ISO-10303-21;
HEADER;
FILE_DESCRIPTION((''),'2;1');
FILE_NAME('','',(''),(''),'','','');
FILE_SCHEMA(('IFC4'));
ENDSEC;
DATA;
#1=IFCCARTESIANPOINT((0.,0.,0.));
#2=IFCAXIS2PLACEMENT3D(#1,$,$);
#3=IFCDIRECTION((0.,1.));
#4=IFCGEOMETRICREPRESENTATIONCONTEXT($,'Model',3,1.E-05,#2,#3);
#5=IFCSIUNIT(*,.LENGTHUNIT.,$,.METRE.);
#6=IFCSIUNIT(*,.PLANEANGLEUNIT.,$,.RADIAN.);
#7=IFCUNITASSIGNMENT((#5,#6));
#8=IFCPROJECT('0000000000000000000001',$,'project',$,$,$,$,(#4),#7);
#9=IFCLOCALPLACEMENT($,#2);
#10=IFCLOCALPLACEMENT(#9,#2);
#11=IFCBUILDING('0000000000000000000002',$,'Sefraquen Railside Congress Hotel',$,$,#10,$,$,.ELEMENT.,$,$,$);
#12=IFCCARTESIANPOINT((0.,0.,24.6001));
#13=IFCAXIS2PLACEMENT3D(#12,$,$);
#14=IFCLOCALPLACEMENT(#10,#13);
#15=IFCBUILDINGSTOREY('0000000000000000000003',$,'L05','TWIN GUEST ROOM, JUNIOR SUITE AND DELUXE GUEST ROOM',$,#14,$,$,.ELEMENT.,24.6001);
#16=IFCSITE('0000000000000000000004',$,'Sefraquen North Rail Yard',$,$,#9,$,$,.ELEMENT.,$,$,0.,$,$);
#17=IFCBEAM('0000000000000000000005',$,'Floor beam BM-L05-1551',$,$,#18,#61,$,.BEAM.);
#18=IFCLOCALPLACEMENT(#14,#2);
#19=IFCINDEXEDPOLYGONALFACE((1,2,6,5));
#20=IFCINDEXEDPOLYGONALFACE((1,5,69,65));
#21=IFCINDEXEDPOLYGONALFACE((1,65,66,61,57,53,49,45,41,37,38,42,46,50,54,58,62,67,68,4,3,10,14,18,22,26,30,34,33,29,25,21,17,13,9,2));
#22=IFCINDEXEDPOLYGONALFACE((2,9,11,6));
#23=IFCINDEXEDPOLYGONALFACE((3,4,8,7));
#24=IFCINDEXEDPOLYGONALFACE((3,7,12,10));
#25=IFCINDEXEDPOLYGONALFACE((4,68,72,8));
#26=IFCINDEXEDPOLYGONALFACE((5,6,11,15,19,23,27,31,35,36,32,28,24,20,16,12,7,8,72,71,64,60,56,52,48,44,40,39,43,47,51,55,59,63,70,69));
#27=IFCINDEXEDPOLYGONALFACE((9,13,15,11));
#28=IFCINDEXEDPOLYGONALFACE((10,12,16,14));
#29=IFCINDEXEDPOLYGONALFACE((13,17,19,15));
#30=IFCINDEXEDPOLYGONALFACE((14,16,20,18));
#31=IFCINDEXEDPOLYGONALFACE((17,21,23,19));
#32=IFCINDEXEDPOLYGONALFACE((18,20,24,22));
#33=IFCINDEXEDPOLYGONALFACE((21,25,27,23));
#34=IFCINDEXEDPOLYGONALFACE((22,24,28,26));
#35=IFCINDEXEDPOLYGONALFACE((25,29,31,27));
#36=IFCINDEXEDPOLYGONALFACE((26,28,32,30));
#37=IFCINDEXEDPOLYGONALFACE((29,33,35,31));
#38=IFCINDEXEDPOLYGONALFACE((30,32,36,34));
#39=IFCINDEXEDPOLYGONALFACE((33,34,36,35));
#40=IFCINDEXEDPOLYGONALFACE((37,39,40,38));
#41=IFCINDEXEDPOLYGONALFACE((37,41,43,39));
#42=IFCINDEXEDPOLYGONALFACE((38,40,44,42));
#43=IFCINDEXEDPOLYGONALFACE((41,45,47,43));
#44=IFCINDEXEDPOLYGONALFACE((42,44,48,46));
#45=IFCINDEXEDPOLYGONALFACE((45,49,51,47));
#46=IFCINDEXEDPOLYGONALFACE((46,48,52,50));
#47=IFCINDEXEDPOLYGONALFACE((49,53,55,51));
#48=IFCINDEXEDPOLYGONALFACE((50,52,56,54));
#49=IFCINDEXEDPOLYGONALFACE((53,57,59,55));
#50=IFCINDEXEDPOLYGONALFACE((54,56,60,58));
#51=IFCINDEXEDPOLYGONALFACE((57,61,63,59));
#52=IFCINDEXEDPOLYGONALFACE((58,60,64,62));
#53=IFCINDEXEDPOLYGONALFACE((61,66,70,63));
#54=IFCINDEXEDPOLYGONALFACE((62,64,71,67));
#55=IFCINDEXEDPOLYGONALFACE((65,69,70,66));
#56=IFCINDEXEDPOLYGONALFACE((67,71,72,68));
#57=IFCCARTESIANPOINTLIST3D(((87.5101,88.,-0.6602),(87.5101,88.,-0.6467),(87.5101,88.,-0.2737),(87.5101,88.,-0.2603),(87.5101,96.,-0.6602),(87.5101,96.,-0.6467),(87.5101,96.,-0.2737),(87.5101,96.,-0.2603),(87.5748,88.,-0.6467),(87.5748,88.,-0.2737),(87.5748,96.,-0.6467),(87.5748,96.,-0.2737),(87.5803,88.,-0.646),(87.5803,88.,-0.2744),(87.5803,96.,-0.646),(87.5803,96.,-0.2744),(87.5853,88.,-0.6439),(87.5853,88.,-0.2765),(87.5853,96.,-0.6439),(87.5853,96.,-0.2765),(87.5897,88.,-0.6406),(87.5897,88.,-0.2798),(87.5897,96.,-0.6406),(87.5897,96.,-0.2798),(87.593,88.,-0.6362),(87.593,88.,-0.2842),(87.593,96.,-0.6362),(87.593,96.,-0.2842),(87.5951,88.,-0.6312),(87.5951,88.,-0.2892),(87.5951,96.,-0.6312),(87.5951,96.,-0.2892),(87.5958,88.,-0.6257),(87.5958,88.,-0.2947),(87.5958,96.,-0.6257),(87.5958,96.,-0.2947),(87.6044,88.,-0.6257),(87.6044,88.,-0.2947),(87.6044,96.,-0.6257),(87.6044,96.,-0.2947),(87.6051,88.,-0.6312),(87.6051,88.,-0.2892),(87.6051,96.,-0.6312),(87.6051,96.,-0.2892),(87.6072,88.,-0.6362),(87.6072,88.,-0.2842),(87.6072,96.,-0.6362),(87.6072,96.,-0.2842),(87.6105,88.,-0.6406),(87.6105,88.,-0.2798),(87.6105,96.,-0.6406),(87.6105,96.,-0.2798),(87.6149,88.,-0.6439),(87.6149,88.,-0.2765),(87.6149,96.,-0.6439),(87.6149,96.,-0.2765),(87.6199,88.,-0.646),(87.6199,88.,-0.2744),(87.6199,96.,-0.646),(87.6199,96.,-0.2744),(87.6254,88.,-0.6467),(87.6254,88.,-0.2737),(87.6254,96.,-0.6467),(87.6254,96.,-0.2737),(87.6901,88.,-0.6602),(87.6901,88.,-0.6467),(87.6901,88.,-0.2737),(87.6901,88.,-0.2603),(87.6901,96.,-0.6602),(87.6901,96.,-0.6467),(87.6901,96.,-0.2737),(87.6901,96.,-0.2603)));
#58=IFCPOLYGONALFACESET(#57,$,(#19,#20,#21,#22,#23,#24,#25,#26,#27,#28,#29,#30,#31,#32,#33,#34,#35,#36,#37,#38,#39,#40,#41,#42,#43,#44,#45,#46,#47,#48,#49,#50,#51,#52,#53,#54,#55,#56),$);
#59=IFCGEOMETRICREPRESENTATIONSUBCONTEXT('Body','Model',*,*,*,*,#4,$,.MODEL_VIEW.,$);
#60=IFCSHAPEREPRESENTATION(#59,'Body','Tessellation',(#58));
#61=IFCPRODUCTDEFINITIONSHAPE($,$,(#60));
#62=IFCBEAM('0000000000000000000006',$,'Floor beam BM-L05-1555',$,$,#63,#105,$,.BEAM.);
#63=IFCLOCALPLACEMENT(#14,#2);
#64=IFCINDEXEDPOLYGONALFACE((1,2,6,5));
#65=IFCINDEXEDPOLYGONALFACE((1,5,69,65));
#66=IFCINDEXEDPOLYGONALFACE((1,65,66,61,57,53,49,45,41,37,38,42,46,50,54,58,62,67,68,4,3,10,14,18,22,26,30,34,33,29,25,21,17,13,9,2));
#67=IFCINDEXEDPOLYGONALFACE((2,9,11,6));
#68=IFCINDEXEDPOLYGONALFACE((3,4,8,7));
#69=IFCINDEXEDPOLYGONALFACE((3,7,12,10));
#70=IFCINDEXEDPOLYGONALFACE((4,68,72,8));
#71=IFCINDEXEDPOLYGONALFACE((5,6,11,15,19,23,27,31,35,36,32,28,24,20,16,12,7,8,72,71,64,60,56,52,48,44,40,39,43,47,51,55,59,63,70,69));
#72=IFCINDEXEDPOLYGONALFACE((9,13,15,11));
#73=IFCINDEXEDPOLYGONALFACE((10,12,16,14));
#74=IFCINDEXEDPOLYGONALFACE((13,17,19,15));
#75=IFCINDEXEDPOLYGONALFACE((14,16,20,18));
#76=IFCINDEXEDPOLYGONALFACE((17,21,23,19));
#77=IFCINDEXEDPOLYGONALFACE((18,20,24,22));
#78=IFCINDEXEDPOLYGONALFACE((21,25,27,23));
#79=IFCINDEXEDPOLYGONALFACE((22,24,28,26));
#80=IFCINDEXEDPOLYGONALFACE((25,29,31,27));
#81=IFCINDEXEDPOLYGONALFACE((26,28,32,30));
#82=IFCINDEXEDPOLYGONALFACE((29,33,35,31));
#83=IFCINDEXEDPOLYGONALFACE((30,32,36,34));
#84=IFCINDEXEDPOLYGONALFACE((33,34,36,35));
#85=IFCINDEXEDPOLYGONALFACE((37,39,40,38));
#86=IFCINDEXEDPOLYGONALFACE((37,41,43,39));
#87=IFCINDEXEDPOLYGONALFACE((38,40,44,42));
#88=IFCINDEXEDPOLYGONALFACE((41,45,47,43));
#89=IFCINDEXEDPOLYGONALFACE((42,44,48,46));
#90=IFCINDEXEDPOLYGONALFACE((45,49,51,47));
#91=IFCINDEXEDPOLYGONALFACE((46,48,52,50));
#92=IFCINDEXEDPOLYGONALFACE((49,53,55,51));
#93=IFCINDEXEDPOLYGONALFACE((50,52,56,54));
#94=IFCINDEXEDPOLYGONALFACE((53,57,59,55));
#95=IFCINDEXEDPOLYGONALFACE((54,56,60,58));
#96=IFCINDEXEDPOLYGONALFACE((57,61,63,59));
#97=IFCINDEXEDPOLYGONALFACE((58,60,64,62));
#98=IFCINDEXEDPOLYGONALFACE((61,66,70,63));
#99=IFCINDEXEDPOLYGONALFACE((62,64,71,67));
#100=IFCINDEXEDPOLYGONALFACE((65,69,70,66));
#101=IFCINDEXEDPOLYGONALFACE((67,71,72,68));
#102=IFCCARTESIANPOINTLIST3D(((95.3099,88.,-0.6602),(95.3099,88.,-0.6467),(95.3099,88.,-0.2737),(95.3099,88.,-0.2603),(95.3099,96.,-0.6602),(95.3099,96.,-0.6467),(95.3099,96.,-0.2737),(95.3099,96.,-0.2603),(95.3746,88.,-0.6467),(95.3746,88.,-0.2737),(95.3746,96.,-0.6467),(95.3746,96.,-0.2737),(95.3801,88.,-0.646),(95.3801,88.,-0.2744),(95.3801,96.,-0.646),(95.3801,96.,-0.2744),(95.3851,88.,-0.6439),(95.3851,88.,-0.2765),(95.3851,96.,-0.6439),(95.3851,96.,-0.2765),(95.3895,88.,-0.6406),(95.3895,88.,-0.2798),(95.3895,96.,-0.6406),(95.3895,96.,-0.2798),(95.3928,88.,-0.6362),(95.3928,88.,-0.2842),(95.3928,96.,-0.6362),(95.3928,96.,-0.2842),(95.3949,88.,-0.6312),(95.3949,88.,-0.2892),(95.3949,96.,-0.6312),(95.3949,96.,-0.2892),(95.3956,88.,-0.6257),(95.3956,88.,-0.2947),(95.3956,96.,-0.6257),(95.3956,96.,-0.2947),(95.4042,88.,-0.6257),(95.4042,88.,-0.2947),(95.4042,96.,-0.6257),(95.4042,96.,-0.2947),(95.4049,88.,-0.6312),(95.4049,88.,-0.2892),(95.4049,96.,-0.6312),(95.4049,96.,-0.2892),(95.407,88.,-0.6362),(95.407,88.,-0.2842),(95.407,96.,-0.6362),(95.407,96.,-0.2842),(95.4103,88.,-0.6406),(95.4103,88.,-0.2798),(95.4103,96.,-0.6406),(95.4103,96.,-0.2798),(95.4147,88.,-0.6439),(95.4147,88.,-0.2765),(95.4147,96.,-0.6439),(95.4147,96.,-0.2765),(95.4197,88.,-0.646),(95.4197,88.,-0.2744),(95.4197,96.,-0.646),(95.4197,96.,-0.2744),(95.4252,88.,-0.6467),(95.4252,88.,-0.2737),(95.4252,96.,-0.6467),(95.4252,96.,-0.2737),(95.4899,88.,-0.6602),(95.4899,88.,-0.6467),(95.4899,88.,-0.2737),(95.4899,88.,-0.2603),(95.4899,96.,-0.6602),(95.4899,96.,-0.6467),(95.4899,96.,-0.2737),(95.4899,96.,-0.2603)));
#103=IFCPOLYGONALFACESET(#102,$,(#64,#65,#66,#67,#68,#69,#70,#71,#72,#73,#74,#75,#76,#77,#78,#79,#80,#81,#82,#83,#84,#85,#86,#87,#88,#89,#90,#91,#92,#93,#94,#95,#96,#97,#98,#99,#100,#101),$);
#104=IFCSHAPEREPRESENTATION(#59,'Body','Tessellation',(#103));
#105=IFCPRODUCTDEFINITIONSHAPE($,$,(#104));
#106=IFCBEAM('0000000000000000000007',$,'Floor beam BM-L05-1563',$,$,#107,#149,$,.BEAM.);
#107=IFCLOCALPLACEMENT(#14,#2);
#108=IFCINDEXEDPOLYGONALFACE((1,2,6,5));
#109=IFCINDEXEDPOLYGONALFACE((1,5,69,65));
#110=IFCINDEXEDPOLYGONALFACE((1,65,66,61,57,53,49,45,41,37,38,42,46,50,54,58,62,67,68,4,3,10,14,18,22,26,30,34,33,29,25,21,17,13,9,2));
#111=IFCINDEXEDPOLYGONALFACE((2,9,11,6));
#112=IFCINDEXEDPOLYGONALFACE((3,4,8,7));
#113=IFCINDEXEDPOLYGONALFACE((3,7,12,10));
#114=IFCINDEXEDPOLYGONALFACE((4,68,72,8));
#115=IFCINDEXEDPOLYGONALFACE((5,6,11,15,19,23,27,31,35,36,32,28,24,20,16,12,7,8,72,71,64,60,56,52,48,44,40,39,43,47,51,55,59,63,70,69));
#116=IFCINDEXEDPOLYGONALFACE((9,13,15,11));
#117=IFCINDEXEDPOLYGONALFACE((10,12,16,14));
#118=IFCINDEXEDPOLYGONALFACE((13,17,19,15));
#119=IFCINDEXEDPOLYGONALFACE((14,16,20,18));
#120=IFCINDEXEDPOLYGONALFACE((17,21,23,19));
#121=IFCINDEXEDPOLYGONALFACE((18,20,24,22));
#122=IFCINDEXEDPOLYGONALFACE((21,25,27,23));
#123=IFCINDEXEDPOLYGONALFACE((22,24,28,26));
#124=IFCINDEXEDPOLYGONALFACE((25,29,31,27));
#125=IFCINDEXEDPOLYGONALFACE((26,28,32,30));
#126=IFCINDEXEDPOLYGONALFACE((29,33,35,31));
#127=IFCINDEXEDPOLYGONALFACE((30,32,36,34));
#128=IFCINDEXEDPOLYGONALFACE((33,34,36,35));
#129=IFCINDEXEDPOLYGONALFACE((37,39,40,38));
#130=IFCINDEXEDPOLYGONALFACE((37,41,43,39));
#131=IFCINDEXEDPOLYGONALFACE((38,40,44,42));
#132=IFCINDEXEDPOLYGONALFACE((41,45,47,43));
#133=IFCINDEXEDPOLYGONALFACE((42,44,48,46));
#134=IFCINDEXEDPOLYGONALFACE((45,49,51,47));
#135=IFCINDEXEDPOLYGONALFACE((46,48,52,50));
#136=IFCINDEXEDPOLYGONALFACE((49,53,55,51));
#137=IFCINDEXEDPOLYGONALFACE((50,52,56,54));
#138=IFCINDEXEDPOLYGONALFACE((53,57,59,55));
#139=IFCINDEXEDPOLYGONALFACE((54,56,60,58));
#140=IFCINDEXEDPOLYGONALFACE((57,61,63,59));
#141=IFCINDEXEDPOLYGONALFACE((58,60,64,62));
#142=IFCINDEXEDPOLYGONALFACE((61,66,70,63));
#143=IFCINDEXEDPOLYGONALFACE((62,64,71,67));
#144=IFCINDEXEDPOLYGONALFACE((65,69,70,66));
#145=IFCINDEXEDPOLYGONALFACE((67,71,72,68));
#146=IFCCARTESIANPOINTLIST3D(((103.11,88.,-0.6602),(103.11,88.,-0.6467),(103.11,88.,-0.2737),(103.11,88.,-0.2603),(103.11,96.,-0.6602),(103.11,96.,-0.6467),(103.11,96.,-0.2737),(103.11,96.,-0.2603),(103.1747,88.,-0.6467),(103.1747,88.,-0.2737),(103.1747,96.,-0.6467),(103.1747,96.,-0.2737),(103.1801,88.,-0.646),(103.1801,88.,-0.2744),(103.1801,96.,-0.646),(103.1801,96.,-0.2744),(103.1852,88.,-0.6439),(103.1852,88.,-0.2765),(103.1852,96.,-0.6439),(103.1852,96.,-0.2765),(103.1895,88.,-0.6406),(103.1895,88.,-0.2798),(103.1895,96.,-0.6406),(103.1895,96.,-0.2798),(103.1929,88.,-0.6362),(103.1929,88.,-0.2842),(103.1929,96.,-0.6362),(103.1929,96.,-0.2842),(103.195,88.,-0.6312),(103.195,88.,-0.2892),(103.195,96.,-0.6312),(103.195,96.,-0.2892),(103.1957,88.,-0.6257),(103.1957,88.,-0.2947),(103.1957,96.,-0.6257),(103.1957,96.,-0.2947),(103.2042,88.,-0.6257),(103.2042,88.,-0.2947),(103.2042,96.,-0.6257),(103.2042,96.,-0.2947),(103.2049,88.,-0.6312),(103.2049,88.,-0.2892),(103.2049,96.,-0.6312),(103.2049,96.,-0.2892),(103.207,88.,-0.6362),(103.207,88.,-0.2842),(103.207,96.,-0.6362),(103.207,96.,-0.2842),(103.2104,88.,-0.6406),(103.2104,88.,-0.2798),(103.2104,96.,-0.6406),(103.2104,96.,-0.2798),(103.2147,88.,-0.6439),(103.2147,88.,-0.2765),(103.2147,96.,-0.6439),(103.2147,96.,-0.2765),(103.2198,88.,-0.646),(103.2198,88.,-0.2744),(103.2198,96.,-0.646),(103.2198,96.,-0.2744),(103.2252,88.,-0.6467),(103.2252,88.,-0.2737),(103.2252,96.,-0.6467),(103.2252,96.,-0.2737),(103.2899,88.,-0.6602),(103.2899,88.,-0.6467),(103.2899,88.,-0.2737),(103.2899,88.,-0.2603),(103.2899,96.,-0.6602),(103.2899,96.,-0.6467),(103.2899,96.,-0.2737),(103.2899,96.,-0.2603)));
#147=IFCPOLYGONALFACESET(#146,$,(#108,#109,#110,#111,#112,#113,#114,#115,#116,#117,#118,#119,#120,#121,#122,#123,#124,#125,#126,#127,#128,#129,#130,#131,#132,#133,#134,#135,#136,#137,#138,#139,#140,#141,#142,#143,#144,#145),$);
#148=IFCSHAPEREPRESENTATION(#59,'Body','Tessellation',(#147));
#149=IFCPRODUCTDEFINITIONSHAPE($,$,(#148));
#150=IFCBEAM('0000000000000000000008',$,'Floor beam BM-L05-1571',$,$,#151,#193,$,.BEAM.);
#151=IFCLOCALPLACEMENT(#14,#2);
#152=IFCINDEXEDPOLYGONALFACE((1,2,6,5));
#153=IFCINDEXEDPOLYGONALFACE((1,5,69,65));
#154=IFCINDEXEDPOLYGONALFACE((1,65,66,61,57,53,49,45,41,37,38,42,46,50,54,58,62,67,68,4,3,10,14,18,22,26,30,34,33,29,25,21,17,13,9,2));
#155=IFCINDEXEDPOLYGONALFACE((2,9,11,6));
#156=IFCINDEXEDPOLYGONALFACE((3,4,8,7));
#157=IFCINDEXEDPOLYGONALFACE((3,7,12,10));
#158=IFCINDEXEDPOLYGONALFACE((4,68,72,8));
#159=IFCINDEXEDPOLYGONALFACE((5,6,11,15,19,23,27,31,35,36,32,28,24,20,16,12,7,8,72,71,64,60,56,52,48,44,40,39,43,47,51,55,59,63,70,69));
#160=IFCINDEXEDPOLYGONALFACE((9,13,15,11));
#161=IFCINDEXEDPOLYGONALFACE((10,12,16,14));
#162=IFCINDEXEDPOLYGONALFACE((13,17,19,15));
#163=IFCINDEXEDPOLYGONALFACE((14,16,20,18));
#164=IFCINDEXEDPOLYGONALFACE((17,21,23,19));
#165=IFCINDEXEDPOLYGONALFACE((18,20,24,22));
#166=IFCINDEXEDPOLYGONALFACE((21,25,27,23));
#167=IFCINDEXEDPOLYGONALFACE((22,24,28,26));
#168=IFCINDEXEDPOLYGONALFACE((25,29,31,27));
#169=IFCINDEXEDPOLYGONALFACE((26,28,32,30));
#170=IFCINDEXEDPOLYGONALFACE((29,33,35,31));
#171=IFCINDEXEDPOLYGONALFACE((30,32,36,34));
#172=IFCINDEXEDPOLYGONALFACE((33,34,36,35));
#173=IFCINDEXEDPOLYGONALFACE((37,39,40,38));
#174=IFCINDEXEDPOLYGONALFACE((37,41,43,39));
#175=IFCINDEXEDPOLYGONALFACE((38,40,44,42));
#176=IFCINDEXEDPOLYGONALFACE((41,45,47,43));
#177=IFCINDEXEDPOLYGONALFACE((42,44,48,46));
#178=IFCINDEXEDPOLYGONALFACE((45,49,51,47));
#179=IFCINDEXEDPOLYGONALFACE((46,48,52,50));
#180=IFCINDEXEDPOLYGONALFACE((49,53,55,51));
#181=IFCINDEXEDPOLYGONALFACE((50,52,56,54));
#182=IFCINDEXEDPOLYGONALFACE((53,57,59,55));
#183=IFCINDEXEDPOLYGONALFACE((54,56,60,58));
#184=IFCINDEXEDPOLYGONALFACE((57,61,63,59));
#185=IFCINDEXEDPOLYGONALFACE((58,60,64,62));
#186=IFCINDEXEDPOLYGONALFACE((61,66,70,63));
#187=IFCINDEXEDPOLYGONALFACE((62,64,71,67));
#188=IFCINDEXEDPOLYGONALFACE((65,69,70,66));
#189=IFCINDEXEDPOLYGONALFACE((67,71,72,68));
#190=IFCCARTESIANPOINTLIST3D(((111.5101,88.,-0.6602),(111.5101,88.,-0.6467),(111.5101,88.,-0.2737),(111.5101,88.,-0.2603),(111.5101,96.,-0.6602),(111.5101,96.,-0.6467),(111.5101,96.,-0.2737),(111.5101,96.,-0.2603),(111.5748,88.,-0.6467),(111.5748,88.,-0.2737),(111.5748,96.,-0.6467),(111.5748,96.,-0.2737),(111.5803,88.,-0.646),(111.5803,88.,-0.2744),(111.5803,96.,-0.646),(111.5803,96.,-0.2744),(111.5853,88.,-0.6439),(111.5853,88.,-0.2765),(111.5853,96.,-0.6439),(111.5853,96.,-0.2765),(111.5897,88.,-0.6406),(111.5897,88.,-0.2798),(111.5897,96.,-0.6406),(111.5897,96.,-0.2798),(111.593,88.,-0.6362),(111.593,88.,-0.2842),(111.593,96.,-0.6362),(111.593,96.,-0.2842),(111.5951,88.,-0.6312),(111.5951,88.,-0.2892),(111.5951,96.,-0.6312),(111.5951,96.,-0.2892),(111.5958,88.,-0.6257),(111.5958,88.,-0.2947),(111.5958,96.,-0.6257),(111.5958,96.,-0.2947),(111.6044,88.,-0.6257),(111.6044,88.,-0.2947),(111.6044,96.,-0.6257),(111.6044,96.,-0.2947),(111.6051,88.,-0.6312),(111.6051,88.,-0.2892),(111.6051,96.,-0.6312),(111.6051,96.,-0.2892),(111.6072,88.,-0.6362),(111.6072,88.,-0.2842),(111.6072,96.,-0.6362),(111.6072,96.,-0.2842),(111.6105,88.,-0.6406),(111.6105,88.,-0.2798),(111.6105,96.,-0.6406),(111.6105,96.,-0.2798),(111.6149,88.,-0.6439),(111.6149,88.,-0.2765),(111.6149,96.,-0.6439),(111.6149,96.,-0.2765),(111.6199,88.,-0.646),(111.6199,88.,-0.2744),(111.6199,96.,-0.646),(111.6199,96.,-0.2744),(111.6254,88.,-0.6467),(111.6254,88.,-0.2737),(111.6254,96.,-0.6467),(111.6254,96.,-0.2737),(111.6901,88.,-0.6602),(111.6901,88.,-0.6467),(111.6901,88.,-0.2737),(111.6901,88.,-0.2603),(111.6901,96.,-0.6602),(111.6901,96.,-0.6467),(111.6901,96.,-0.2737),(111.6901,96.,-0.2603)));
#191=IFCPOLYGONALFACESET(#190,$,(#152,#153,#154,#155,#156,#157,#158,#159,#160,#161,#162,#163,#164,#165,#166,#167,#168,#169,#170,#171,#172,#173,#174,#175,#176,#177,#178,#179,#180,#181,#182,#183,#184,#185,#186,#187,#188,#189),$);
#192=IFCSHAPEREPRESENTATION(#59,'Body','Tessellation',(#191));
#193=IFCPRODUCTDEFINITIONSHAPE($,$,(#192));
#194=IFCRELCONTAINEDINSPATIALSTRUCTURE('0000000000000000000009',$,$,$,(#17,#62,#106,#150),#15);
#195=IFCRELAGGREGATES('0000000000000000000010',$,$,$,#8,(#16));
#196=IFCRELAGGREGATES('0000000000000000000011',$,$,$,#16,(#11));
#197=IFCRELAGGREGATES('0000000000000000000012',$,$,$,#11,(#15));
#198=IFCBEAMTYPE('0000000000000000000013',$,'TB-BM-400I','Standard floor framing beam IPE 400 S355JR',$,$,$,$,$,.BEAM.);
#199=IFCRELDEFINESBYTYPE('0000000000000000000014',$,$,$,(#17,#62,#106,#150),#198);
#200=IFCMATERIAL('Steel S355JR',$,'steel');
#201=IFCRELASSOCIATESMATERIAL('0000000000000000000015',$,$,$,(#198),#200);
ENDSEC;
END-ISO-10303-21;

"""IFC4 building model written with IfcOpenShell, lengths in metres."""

from ifc_helpers import new_model, si_unit, direction, frame, origin, origin_2d, place, context, subcontext, project, spatial, i_section, extrude, material, material_profile, profile_set, type_object, element, save


model = new_model("IFC4")

# Units and contexts
model_context = context("Model", 3, precision=1e-05, world=origin(), true_north=direction((0.0, 1.0)))
body_context = subcontext(model_context, "Body", "Model", "MODEL_VIEW")
ifc_project = project(units=[si_unit("LENGTHUNIT", "METRE"), si_unit("PLANEANGLEUNIT", "RADIAN")], contexts=[model_context])

# Site, building, storey
site_placement = place(None, origin())
site = spatial("IfcSite", under=ifc_project, at=site_placement, Name="Sefraquen North Rail Yard", CompositionType="ELEMENT", RefElevation=0.0)
building_placement = place(site_placement, origin())
building = spatial("IfcBuilding", under=site, at=building_placement, Name="Sefraquen Railside Congress Hotel", CompositionType="ELEMENT")
storey_placement = place(building_placement, frame((0.0, 0.0, 24.6001)))
storey = spatial("IfcBuildingStorey", under=building, at=storey_placement, Name="L05", Description="TWIN GUEST ROOM, JUNIOR SUITE AND DELUXE GUEST ROOM", CompositionType="ELEMENT", Elevation=24.6001)

# Beams
ifc_material_1 = material(Name="Steel S355JR", Category="steel")
ifc_material_profile_1 = material_profile(ifc_material_1, i_section(OverallWidth=0.1799, OverallDepth=0.3999, WebThickness=0.0085, FlangeThickness=0.0134, FilletRadius=0.021, at=origin_2d()), Name="IPE 400")
ifc_profile_set_1 = profile_set([ifc_material_profile_1], Name="Steel S355JR")
beam_type_1 = type_object("IfcBeamType", Name="TB-BM-400I", Description="Standard floor framing beam IPE 400 S355JR", PredefinedType="BEAM", material=ifc_profile_set_1)
for number, where, z_axis, x_axis, name in (
    (1, (87.6001, 88.0, -0.4602), (0.0, 1.0, 0.0), (-1.0, 0.0, 0.0), "Floor beam BM-L05-1551"),
    (2, (95.3999, 88.0, -0.4602), (0.0, 1.0, 0.0), (-1.0, 0.0, 0.0), "Floor beam BM-L05-1555"),
    (3, (103.2, 88.0, -0.4602), (0.0, 1.0, 0.0), (-1.0, 0.0, 0.0), "Floor beam BM-L05-1563"),
    (4, (111.6001, 88.0, -0.4602), (0.0, 1.0, 0.0), (-1.0, 0.0, 0.0), "Floor beam BM-L05-1571"),
):
    element("IfcBeam", number, at=place(storey_placement, frame(where, z_axis=z_axis, x_axis=x_axis)), inside=storey, type_object=beam_type_1, Name=name, PredefinedType="BEAM", context=body_context, shape_type="SweptSolid", body=[
        extrude(i_section(OverallWidth=0.1799, OverallDepth=0.3999, WebThickness=0.0085, FlangeThickness=0.0134, FilletRadius=0.021, at=origin_2d()), origin(), (0.0, 0.0, 1.0), 8.0),
    ])

save(model, "model.ifc")
